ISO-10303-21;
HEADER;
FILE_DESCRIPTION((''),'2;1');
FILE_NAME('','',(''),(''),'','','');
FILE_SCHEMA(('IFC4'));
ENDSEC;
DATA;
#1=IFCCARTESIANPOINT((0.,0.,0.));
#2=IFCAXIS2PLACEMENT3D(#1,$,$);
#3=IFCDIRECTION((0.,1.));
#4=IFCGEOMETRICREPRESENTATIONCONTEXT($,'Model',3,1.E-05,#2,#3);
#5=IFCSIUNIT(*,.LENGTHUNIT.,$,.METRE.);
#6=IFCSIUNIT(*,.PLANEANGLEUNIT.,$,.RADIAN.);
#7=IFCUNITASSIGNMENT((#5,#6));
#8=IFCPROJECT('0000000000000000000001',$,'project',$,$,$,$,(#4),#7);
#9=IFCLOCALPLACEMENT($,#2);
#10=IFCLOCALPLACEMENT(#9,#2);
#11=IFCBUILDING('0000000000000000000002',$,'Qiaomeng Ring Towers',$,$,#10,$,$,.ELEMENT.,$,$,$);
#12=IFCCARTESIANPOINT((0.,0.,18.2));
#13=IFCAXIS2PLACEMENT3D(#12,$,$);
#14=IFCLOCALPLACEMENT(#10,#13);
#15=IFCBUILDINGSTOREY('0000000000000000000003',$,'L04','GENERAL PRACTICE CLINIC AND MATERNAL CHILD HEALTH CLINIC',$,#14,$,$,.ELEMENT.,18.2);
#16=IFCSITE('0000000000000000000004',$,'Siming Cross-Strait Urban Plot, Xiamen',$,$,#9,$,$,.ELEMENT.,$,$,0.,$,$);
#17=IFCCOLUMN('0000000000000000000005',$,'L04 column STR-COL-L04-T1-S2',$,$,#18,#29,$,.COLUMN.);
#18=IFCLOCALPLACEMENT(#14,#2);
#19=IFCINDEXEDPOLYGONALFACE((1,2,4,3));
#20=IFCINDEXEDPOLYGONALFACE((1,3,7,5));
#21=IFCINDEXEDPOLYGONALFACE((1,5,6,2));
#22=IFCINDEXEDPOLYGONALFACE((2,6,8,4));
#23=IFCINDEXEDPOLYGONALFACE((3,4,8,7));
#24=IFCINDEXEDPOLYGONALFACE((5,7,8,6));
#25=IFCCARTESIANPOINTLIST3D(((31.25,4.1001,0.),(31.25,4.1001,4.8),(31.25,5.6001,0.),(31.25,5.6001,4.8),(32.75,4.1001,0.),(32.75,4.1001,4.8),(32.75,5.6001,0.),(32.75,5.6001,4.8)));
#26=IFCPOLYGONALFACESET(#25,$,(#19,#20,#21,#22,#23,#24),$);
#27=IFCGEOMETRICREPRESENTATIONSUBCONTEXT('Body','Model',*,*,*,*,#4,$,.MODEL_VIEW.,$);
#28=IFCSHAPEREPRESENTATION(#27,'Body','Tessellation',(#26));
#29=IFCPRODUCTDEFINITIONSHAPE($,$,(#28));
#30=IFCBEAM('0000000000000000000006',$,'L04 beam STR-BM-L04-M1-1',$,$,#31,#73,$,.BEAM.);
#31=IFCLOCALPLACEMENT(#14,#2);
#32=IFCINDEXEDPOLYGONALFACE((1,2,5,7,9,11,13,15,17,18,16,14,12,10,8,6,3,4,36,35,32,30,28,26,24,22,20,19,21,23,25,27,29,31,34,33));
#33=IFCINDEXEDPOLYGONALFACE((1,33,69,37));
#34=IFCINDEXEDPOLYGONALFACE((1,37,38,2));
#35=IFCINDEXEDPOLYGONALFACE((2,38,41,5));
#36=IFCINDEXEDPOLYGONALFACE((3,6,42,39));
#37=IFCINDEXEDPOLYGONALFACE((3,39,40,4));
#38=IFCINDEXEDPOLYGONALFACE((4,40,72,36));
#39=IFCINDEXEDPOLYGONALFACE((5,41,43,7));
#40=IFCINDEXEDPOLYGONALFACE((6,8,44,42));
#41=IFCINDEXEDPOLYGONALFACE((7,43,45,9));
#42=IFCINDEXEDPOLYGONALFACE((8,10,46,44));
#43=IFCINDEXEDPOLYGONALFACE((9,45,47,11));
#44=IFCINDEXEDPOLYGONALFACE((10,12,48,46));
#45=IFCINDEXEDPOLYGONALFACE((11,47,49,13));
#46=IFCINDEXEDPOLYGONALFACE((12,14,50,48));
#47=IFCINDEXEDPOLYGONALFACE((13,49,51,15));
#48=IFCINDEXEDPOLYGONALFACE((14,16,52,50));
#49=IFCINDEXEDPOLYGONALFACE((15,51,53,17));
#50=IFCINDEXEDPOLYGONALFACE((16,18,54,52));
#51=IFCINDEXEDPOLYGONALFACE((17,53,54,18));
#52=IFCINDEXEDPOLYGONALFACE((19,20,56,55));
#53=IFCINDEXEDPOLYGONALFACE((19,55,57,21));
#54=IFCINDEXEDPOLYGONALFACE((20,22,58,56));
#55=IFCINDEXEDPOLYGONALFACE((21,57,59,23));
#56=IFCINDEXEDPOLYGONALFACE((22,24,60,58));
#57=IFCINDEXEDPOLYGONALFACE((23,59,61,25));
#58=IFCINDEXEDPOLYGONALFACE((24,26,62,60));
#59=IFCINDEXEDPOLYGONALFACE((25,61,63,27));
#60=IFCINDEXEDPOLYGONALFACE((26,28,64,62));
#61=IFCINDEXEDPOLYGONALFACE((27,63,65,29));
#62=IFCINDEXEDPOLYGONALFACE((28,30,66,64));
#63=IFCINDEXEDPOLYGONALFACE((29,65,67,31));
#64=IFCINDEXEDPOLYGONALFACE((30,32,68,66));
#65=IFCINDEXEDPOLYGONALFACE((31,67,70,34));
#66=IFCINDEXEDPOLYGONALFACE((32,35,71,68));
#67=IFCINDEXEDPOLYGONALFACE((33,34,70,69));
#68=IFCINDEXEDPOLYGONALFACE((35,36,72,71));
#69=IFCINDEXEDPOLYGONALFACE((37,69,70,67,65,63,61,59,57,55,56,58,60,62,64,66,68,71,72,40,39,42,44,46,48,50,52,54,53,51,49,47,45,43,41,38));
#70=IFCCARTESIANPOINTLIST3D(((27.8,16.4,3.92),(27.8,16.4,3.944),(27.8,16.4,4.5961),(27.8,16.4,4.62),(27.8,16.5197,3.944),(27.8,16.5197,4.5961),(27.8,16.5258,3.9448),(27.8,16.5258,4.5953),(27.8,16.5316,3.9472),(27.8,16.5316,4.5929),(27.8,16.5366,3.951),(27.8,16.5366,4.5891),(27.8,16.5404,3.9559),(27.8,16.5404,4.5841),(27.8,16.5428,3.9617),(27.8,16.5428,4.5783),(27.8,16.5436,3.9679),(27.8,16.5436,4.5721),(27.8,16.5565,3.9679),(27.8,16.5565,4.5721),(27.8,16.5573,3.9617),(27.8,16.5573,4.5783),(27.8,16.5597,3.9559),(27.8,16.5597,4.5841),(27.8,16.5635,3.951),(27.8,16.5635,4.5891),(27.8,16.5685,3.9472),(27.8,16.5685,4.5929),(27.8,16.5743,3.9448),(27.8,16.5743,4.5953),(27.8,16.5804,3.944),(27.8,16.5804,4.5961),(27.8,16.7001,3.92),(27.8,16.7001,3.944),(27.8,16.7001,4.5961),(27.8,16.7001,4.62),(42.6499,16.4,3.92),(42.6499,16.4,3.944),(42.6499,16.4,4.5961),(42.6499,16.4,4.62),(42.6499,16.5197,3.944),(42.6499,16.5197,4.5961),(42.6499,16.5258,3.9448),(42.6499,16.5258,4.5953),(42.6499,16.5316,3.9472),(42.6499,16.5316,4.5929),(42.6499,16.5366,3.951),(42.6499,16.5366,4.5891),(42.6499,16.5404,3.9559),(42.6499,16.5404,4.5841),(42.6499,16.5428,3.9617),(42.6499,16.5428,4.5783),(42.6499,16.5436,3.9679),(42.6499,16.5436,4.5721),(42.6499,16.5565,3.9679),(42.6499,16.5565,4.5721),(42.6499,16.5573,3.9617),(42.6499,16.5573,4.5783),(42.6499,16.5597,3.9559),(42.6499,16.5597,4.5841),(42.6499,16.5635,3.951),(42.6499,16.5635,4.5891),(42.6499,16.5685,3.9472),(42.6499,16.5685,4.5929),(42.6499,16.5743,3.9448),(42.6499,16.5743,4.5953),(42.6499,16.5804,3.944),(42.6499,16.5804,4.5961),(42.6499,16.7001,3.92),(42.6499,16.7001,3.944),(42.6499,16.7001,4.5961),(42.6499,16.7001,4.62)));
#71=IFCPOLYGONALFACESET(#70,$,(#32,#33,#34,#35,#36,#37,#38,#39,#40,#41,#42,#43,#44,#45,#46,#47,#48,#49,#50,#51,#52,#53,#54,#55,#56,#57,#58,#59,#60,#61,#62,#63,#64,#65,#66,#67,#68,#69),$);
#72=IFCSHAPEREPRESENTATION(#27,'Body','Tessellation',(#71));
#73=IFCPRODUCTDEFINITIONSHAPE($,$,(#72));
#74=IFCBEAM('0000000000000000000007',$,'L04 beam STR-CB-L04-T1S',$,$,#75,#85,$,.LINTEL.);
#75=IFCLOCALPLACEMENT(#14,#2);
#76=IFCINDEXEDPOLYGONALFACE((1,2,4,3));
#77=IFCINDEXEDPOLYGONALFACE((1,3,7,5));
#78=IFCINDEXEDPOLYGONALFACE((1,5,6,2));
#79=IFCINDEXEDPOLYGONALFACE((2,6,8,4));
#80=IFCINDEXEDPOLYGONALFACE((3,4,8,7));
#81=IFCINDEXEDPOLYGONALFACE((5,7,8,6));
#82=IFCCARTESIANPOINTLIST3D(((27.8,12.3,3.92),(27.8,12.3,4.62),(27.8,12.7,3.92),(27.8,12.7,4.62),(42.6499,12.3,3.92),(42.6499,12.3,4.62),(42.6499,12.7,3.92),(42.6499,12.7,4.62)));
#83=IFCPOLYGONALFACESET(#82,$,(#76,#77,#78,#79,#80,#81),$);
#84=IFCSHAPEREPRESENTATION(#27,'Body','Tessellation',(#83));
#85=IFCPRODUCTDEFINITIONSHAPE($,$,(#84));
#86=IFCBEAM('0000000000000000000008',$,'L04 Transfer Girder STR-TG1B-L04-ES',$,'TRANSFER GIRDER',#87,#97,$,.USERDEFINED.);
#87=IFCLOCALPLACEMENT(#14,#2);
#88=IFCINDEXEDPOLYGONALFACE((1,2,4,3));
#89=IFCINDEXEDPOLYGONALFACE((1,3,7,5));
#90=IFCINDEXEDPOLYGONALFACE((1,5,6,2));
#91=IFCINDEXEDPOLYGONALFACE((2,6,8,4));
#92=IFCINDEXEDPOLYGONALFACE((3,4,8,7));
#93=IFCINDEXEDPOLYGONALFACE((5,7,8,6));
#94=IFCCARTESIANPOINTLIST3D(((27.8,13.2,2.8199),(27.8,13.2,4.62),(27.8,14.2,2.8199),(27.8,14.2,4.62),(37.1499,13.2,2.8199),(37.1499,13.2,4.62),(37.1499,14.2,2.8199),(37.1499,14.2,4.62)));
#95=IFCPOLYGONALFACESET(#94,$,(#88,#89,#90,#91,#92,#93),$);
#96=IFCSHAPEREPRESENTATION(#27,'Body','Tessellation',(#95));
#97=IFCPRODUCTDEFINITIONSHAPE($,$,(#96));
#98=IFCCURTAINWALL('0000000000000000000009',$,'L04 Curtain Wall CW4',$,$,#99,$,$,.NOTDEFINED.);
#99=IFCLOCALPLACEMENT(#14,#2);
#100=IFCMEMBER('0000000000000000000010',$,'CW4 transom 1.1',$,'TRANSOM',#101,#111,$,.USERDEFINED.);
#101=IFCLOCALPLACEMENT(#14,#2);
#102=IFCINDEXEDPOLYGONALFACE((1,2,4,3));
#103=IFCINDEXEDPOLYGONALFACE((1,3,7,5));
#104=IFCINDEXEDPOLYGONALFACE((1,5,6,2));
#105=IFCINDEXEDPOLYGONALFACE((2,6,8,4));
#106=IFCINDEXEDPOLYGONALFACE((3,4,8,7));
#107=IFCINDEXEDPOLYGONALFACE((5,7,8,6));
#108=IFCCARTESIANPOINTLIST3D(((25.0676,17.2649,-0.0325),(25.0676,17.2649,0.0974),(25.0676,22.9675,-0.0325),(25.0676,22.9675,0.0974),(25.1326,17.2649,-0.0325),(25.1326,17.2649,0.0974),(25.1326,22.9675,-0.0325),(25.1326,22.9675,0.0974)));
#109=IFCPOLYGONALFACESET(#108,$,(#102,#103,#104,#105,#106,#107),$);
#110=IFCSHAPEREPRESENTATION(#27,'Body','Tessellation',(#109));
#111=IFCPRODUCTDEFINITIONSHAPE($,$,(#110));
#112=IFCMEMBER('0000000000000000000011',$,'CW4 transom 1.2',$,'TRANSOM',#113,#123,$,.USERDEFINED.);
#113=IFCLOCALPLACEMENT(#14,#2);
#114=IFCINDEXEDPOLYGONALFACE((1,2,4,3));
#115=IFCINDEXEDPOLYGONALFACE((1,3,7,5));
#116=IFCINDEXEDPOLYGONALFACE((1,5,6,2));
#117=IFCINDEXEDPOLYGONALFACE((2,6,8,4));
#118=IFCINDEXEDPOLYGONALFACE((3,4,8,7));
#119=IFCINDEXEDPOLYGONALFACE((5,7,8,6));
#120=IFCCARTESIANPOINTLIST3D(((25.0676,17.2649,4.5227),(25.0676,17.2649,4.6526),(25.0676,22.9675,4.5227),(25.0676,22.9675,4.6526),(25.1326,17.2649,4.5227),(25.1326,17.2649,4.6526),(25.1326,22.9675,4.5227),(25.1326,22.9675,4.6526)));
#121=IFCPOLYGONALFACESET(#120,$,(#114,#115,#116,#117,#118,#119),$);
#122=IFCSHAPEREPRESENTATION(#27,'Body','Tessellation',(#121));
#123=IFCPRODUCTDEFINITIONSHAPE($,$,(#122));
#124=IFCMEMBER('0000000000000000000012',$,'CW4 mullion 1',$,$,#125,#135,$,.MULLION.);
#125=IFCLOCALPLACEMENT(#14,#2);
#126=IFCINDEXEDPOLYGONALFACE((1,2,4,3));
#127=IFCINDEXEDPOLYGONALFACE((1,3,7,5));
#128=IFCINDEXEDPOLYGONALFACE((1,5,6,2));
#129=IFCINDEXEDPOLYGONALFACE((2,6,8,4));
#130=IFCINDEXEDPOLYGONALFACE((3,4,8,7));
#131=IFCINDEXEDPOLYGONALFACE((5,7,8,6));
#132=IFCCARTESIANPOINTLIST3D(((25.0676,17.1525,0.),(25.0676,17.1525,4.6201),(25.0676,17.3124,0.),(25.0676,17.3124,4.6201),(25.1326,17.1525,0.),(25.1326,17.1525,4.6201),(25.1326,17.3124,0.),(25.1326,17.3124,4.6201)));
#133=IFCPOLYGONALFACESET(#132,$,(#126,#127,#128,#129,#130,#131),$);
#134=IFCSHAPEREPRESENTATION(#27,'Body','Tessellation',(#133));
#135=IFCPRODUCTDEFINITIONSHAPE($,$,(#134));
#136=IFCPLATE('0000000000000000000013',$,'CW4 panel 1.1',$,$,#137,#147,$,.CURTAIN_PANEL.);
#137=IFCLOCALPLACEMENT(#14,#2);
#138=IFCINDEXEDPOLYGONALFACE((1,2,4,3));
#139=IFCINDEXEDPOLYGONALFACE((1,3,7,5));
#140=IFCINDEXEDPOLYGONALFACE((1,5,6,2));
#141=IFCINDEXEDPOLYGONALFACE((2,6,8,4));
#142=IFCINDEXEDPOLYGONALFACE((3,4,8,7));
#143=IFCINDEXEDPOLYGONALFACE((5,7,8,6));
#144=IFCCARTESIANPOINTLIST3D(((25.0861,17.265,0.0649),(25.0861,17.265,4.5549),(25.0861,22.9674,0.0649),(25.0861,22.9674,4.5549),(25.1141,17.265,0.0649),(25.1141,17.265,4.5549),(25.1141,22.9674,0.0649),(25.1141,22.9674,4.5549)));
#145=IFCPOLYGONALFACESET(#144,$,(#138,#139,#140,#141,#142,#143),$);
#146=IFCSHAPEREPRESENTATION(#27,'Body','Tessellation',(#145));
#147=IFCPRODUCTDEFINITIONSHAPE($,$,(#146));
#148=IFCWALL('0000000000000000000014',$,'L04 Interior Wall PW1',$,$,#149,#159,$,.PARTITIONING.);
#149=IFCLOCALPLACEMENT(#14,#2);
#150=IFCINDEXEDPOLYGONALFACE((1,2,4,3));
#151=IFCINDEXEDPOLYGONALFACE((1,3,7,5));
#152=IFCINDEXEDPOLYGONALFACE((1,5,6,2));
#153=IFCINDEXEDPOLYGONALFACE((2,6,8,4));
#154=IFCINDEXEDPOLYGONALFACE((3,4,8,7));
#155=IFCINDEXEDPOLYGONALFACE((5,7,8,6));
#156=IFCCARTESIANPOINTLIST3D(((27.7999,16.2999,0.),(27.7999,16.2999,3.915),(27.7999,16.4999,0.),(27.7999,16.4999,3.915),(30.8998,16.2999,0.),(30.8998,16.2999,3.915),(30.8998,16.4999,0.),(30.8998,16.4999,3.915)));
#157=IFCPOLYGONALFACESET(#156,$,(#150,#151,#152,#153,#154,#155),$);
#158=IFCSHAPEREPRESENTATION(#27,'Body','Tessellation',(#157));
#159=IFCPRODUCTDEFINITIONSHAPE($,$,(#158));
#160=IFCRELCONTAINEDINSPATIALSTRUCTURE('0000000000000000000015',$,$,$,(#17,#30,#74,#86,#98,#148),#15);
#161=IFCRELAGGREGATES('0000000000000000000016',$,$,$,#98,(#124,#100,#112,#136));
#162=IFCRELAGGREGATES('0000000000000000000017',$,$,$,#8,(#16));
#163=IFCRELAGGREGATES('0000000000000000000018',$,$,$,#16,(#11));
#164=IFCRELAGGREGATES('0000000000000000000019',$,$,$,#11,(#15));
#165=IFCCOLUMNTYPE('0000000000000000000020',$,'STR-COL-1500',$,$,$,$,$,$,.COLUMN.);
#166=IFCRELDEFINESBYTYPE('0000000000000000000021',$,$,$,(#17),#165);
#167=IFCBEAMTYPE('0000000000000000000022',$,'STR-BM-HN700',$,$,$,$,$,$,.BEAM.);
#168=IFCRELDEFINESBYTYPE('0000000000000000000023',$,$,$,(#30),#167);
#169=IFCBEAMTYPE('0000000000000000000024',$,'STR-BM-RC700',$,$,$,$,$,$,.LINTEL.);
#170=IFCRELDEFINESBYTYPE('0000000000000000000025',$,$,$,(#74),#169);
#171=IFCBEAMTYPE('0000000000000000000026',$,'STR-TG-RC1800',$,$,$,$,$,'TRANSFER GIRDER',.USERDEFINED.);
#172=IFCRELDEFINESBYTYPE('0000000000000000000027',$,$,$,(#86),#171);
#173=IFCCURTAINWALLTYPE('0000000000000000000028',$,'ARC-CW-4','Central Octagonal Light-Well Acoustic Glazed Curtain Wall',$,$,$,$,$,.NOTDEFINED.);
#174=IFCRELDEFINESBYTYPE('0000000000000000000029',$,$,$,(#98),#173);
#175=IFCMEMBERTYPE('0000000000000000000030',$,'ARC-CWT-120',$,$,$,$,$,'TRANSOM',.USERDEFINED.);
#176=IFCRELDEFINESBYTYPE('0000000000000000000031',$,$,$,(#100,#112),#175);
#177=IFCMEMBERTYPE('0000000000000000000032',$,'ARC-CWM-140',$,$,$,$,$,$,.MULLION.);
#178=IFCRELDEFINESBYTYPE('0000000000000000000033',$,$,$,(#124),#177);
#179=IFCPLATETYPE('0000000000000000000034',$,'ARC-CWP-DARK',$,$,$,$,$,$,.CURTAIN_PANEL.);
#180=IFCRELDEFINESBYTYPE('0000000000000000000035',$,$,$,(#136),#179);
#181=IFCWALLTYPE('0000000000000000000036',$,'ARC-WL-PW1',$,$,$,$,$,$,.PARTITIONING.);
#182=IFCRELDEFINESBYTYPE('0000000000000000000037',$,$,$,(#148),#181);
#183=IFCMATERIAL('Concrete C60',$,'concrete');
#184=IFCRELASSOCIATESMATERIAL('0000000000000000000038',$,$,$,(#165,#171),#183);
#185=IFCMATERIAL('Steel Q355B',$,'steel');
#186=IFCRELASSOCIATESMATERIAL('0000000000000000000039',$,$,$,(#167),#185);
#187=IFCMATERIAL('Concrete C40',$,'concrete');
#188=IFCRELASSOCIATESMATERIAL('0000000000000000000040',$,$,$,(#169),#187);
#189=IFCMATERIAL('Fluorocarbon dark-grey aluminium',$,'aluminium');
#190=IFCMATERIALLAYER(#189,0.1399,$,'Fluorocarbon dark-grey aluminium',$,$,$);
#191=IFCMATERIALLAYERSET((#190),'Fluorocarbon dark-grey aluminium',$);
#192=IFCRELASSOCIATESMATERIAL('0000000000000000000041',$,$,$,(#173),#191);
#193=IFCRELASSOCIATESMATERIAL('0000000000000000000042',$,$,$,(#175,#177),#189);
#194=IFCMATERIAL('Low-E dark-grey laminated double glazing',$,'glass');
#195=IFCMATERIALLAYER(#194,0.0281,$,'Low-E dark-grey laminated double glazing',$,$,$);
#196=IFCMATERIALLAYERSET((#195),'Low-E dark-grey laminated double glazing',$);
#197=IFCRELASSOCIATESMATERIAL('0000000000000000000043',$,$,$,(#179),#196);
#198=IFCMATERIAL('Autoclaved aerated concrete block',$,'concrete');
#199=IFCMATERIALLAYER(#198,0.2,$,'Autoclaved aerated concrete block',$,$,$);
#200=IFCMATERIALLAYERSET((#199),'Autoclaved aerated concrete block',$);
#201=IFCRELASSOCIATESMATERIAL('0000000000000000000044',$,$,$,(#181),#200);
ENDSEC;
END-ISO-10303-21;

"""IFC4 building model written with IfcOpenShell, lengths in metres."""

from ifc_helpers import new_model, si_unit, direction, frame, frame_2d, origin, origin_2d, place, context, subcontext, project, spatial, rectangle, i_section, extrude, source, transform, mapped, material, layer, layer_set, material_profile, profile_set, type_object, element, aggregate, save


model = new_model("IFC4")

# Units and contexts
model_context = context("Model", 3, precision=1e-05, world=origin(), true_north=direction((0.0, 1.0)))
body_context = subcontext(model_context, "Body", "Model", "MODEL_VIEW")
ifc_project = project(units=[si_unit("LENGTHUNIT", "METRE"), si_unit("PLANEANGLEUNIT", "RADIAN")], contexts=[model_context])

# Site, building, storey
site_placement = place(None, origin())
site = spatial("IfcSite", under=ifc_project, at=site_placement, Name="Siming Cross-Strait Urban Plot, Xiamen", CompositionType="ELEMENT", RefElevation=0.0)
building_placement = place(site_placement, origin())
building = spatial("IfcBuilding", under=site, at=building_placement, Name="Qiaomeng Ring Towers", CompositionType="ELEMENT")
storey_placement = place(building_placement, frame((0.0, 0.0, 18.2)))
storey = spatial("IfcBuildingStorey", under=building, at=storey_placement, Name="L04", Description="GENERAL PRACTICE CLINIC AND MATERNAL CHILD HEALTH CLINIC", CompositionType="ELEMENT", Elevation=18.2)

# Column
ifc_material_1 = material(Name="Concrete C60", Category="concrete")
ifc_material_profile_1 = material_profile(ifc_material_1, rectangle(XDim=1.5, YDim=1.5, at=origin_2d()), Name="RC COL 1500x1500")
ifc_profile_set_1 = profile_set([ifc_material_profile_1], Name="Concrete C60")
column_type = type_object("IfcColumnType", Name="STR-COL-1500", PredefinedType="COLUMN", material=ifc_profile_set_1)
shared_shape_1 = source(origin(), body_context, "Body", "SweptSolid", [
    extrude(rectangle(XDim=1.5, YDim=1.5, at=origin_2d()), origin(), (0.0, 0.0, 1.0), 4.8),
])
column_placement = place(storey_placement, frame((32.0, 4.8501, 0.0), z_axis=(0.0, 0.0, 1.0), x_axis=(1.0, 0.0, 0.0)))
element("IfcColumn", 1, at=column_placement, inside=storey, type_object=column_type, Name="L04 column STR-COL-L04-T1-S2", PredefinedType="COLUMN", context=body_context, shape_type="MappedRepresentation", body=[
    mapped(shared_shape_1, transform((0.0, 0.0, 0.0), x_axis=(1.0, 0.0, 0.0), y_axis=(0.0, 1.0, 0.0), z_axis=(0.0, 0.0, 1.0), scale=1.0)),
])

# Beams
ifc_material_2 = material(Name="Steel Q355B", Category="steel")
ifc_material_profile_2 = material_profile(ifc_material_2, i_section(OverallWidth=0.3, OverallDepth=0.7, WebThickness=0.0129, FlangeThickness=0.0239, FilletRadius=0.0239, at=origin_2d()), Name="HN 700x300x13x24")
ifc_profile_set_2 = profile_set([ifc_material_profile_2], Name="Steel Q355B")
beam_type_1 = type_object("IfcBeamType", Name="STR-BM-HN700", PredefinedType="BEAM", material=ifc_profile_set_2)
shared_shape_2 = source(origin(), body_context, "Body", "SweptSolid", [
    extrude(i_section(OverallWidth=0.3, OverallDepth=0.7, WebThickness=0.0129, FlangeThickness=0.0239, FilletRadius=0.0239, at=origin_2d()), origin(), (0.0, 0.0, 1.0), 14.8499),
])
beam_1_placement = place(storey_placement, frame((27.8, 16.55, 4.27), z_axis=(1.0, 0.0, 0.0), x_axis=(0.0, 1.0, 0.0)))
element("IfcBeam", 2, at=beam_1_placement, inside=storey, type_object=beam_type_1, Name="L04 beam STR-BM-L04-M1-1", PredefinedType="BEAM", context=body_context, shape_type="MappedRepresentation", body=[
    mapped(shared_shape_2, transform((0.0, 0.0, 0.0), x_axis=(1.0, 0.0, 0.0), y_axis=(0.0, 1.0, 0.0), z_axis=(0.0, 0.0, 1.0), scale=1.0)),
])
ifc_material_3 = material(Name="Concrete C40", Category="concrete")
ifc_material_profile_3 = material_profile(ifc_material_3, rectangle(XDim=0.3999, YDim=0.7, at=origin_2d()), Name="RC BM 400x700")
ifc_profile_set_3 = profile_set([ifc_material_profile_3], Name="Concrete C40")
beam_type_2 = type_object("IfcBeamType", Name="STR-BM-RC700", PredefinedType="LINTEL", material=ifc_profile_set_3)
shared_shape_3 = source(origin(), body_context, "Body", "SweptSolid", [
    extrude(rectangle(XDim=0.3999, YDim=0.7, at=origin_2d()), origin(), (0.0, 0.0, 1.0), 14.8499),
])
beam_2_placement = place(storey_placement, frame((27.8, 12.5, 4.27), z_axis=(1.0, 0.0, 0.0), x_axis=(0.0, 1.0, 0.0)))
element("IfcBeam", 3, at=beam_2_placement, inside=storey, type_object=beam_type_2, Name="L04 beam STR-CB-L04-T1S", PredefinedType="LINTEL", context=body_context, shape_type="MappedRepresentation", body=[
    mapped(shared_shape_3, transform((0.0, 0.0, 0.0), x_axis=(1.0, 0.0, 0.0), y_axis=(0.0, 1.0, 0.0), z_axis=(0.0, 0.0, 1.0), scale=1.0)),
])
ifc_material_profile_4 = material_profile(ifc_material_1, rectangle(XDim=1.0, YDim=1.8, at=origin_2d()), Name="RC TG 1000x1800")
ifc_profile_set_4 = profile_set([ifc_material_profile_4], Name="Concrete C60")
beam_type_3 = type_object("IfcBeamType", Name="STR-TG-RC1800", ElementType="TRANSFER GIRDER", PredefinedType="USERDEFINED", material=ifc_profile_set_4)
shared_shape_4 = source(origin(), body_context, "Body", "SweptSolid", [
    extrude(rectangle(XDim=1.0, YDim=1.8, at=origin_2d()), origin(), (0.0, 0.0, 1.0), 9.3499),
])
beam_3_placement = place(storey_placement, frame((27.8, 13.7, 3.72), z_axis=(1.0, 0.0, 0.0), x_axis=(0.0, 1.0, 0.0)))
element("IfcBeam", 4, at=beam_3_placement, inside=storey, type_object=beam_type_3, Name="L04 Transfer Girder STR-TG1B-L04-ES", ObjectType="TRANSFER GIRDER", PredefinedType="USERDEFINED", context=body_context, shape_type="MappedRepresentation", body=[
    mapped(shared_shape_4, transform((0.0, 0.0, 0.0), x_axis=(1.0, 0.0, 0.0), y_axis=(0.0, 1.0, 0.0), z_axis=(0.0, 0.0, 1.0), scale=1.0)),
])

# Curtain wall, members, plate
ifc_material_4 = material(Name="Fluorocarbon dark-grey aluminium", Category="aluminium")
ifc_layer_1 = layer(ifc_material_4, 0.1399, Name="Fluorocarbon dark-grey aluminium")
ifc_layer_set_1 = layer_set([ifc_layer_1], Name="Fluorocarbon dark-grey aluminium")
curtain_wall_type = type_object("IfcCurtainWallType", Name="ARC-CW-4", Description="Central Octagonal Light-Well Acoustic Glazed Curtain Wall", PredefinedType="NOTDEFINED", material=ifc_layer_set_1)
curtain_wall_placement = place(storey_placement, origin())
curtain_wall = element("IfcCurtainWall", 5, at=curtain_wall_placement, inside=storey, type_object=curtain_wall_type, Name="L04 Curtain Wall CW4", PredefinedType="NOTDEFINED")
ifc_material_profile_5 = material_profile(ifc_material_4, rectangle(XDim=0.0649, YDim=0.1299, at=origin_2d()), Name="ALU TRAN 65x130")
ifc_profile_set_5 = profile_set([ifc_material_profile_5], Name="Fluorocarbon dark-grey aluminium")
member_type_1 = type_object("IfcMemberType", Name="ARC-CWT-120", ElementType="TRANSOM", PredefinedType="USERDEFINED", material=ifc_profile_set_5)
shared_shape_5 = source(origin(), body_context, "Body", "SweptSolid", [
    extrude(rectangle(XDim=0.0649, YDim=0.1299, at=origin_2d()), origin(), (0.0, 0.0, 1.0), 5.7026),
])
member_1_placement = place(storey_placement, frame((25.1001, 17.2649, 0.0325), z_axis=(0.0, 1.0, 0.0), x_axis=(-1.0, 0.0, 0.0)))
member_1 = element("IfcMember", 6, at=member_1_placement, type_object=member_type_1, Name="CW4 transom 1.1", ObjectType="TRANSOM", PredefinedType="USERDEFINED", context=body_context, shape_type="MappedRepresentation", body=[
    mapped(shared_shape_5, transform((0.0, 0.0, 0.0), x_axis=(1.0, 0.0, 0.0), y_axis=(0.0, 1.0, 0.0), z_axis=(0.0, 0.0, 1.0), scale=1.0)),
])
member_2_placement = place(storey_placement, frame((25.1001, 17.2649, 4.5876), z_axis=(0.0, 1.0, 0.0), x_axis=(-1.0, 0.0, 0.0)))
member_2 = element("IfcMember", 7, at=member_2_placement, type_object=member_type_1, Name="CW4 transom 1.2", ObjectType="TRANSOM", PredefinedType="USERDEFINED", context=body_context, shape_type="MappedRepresentation", body=[
    mapped(shared_shape_5, transform((0.0, 0.0, 0.0), x_axis=(1.0, 0.0, 0.0), y_axis=(0.0, 1.0, 0.0), z_axis=(0.0, 0.0, 1.0), scale=1.0)),
])
ifc_material_profile_6 = material_profile(ifc_material_4, rectangle(XDim=0.0649, YDim=0.1599, at=origin_2d()), Name="ALU MULL 65x160")
ifc_profile_set_6 = profile_set([ifc_material_profile_6], Name="Fluorocarbon dark-grey aluminium")
member_type_2 = type_object("IfcMemberType", Name="ARC-CWM-140", PredefinedType="MULLION", material=ifc_profile_set_6)
shared_shape_6 = source(origin(), body_context, "Body", "SweptSolid", [
    extrude(rectangle(XDim=0.0649, YDim=0.1599, at=origin_2d()), origin(), (0.0, 0.0, 1.0), 4.6201),
])
member_3_placement = place(storey_placement, frame((25.1001, 17.2324, 0.0), z_axis=(0.0, 0.0, 1.0), x_axis=(-1.0, 0.0, 0.0)))
member_3 = element("IfcMember", 8, at=member_3_placement, type_object=member_type_2, Name="CW4 mullion 1", PredefinedType="MULLION", context=body_context, shape_type="MappedRepresentation", body=[
    mapped(shared_shape_6, transform((0.0, 0.0, 0.0), x_axis=(1.0, 0.0, 0.0), y_axis=(0.0, 1.0, 0.0), z_axis=(0.0, 0.0, 1.0), scale=1.0)),
])
ifc_material_5 = material(Name="Low-E dark-grey laminated double glazing", Category="glass")
ifc_layer_2 = layer(ifc_material_5, 0.0281, Name="Low-E dark-grey laminated double glazing")
ifc_layer_set_2 = layer_set([ifc_layer_2], Name="Low-E dark-grey laminated double glazing")
plate_type = type_object("IfcPlateType", Name="ARC-CWP-DARK", PredefinedType="CURTAIN_PANEL", material=ifc_layer_set_2)
shared_shape_7 = source(origin(), body_context, "Body", "SweptSolid", [
    extrude(rectangle(XDim=5.7024, YDim=0.0281, at=origin_2d()), origin(), (0.0, 0.0, 1.0), 4.49),
])
plate_placement = place(storey_placement, frame((25.1001, 20.1162, 0.0649), z_axis=(0.0, 0.0, 1.0), x_axis=(0.0, 1.0, 0.0)))
plate = element("IfcPlate", 9, at=plate_placement, type_object=plate_type, Name="CW4 panel 1.1", PredefinedType="CURTAIN_PANEL", context=body_context, shape_type="MappedRepresentation", body=[
    mapped(shared_shape_7, transform((0.0, 0.0, 0.0), x_axis=(1.0, 0.0, 0.0), y_axis=(0.0, 1.0, 0.0), z_axis=(0.0, 0.0, 1.0), scale=1.0)),
])
aggregate(curtain_wall, [member_3, member_1, member_2, plate])

# Wall
ifc_material_6 = material(Name="Autoclaved aerated concrete block", Category="concrete")
ifc_layer_3 = layer(ifc_material_6, 0.2, Name="Autoclaved aerated concrete block")
ifc_layer_set_3 = layer_set([ifc_layer_3], Name="Autoclaved aerated concrete block")
wall_type_1 = type_object("IfcWallType", Name="ARC-WL-PW1", PredefinedType="PARTITIONING", material=ifc_layer_set_3)
for number, where, z_axis, x_axis, name in (
    (10, (27.8, 16.3999, 0.0), (0.0, 0.0, 1.0), (1.0, 0.0, 0.0), "L04 Interior Wall PW1"),
):
    element("IfcWall", number, at=place(storey_placement, frame(where, z_axis=z_axis, x_axis=x_axis)), inside=storey, type_object=wall_type_1, Name=name, PredefinedType="PARTITIONING", context=body_context, shape_type="SweptSolid", body=[
        extrude(rectangle(XDim=3.0999, YDim=0.2, at=frame_2d((1.5498, 0.0))), origin(), (0.0, 0.0, 1.0), 3.915),
    ])

save(model, "model.ifc")
